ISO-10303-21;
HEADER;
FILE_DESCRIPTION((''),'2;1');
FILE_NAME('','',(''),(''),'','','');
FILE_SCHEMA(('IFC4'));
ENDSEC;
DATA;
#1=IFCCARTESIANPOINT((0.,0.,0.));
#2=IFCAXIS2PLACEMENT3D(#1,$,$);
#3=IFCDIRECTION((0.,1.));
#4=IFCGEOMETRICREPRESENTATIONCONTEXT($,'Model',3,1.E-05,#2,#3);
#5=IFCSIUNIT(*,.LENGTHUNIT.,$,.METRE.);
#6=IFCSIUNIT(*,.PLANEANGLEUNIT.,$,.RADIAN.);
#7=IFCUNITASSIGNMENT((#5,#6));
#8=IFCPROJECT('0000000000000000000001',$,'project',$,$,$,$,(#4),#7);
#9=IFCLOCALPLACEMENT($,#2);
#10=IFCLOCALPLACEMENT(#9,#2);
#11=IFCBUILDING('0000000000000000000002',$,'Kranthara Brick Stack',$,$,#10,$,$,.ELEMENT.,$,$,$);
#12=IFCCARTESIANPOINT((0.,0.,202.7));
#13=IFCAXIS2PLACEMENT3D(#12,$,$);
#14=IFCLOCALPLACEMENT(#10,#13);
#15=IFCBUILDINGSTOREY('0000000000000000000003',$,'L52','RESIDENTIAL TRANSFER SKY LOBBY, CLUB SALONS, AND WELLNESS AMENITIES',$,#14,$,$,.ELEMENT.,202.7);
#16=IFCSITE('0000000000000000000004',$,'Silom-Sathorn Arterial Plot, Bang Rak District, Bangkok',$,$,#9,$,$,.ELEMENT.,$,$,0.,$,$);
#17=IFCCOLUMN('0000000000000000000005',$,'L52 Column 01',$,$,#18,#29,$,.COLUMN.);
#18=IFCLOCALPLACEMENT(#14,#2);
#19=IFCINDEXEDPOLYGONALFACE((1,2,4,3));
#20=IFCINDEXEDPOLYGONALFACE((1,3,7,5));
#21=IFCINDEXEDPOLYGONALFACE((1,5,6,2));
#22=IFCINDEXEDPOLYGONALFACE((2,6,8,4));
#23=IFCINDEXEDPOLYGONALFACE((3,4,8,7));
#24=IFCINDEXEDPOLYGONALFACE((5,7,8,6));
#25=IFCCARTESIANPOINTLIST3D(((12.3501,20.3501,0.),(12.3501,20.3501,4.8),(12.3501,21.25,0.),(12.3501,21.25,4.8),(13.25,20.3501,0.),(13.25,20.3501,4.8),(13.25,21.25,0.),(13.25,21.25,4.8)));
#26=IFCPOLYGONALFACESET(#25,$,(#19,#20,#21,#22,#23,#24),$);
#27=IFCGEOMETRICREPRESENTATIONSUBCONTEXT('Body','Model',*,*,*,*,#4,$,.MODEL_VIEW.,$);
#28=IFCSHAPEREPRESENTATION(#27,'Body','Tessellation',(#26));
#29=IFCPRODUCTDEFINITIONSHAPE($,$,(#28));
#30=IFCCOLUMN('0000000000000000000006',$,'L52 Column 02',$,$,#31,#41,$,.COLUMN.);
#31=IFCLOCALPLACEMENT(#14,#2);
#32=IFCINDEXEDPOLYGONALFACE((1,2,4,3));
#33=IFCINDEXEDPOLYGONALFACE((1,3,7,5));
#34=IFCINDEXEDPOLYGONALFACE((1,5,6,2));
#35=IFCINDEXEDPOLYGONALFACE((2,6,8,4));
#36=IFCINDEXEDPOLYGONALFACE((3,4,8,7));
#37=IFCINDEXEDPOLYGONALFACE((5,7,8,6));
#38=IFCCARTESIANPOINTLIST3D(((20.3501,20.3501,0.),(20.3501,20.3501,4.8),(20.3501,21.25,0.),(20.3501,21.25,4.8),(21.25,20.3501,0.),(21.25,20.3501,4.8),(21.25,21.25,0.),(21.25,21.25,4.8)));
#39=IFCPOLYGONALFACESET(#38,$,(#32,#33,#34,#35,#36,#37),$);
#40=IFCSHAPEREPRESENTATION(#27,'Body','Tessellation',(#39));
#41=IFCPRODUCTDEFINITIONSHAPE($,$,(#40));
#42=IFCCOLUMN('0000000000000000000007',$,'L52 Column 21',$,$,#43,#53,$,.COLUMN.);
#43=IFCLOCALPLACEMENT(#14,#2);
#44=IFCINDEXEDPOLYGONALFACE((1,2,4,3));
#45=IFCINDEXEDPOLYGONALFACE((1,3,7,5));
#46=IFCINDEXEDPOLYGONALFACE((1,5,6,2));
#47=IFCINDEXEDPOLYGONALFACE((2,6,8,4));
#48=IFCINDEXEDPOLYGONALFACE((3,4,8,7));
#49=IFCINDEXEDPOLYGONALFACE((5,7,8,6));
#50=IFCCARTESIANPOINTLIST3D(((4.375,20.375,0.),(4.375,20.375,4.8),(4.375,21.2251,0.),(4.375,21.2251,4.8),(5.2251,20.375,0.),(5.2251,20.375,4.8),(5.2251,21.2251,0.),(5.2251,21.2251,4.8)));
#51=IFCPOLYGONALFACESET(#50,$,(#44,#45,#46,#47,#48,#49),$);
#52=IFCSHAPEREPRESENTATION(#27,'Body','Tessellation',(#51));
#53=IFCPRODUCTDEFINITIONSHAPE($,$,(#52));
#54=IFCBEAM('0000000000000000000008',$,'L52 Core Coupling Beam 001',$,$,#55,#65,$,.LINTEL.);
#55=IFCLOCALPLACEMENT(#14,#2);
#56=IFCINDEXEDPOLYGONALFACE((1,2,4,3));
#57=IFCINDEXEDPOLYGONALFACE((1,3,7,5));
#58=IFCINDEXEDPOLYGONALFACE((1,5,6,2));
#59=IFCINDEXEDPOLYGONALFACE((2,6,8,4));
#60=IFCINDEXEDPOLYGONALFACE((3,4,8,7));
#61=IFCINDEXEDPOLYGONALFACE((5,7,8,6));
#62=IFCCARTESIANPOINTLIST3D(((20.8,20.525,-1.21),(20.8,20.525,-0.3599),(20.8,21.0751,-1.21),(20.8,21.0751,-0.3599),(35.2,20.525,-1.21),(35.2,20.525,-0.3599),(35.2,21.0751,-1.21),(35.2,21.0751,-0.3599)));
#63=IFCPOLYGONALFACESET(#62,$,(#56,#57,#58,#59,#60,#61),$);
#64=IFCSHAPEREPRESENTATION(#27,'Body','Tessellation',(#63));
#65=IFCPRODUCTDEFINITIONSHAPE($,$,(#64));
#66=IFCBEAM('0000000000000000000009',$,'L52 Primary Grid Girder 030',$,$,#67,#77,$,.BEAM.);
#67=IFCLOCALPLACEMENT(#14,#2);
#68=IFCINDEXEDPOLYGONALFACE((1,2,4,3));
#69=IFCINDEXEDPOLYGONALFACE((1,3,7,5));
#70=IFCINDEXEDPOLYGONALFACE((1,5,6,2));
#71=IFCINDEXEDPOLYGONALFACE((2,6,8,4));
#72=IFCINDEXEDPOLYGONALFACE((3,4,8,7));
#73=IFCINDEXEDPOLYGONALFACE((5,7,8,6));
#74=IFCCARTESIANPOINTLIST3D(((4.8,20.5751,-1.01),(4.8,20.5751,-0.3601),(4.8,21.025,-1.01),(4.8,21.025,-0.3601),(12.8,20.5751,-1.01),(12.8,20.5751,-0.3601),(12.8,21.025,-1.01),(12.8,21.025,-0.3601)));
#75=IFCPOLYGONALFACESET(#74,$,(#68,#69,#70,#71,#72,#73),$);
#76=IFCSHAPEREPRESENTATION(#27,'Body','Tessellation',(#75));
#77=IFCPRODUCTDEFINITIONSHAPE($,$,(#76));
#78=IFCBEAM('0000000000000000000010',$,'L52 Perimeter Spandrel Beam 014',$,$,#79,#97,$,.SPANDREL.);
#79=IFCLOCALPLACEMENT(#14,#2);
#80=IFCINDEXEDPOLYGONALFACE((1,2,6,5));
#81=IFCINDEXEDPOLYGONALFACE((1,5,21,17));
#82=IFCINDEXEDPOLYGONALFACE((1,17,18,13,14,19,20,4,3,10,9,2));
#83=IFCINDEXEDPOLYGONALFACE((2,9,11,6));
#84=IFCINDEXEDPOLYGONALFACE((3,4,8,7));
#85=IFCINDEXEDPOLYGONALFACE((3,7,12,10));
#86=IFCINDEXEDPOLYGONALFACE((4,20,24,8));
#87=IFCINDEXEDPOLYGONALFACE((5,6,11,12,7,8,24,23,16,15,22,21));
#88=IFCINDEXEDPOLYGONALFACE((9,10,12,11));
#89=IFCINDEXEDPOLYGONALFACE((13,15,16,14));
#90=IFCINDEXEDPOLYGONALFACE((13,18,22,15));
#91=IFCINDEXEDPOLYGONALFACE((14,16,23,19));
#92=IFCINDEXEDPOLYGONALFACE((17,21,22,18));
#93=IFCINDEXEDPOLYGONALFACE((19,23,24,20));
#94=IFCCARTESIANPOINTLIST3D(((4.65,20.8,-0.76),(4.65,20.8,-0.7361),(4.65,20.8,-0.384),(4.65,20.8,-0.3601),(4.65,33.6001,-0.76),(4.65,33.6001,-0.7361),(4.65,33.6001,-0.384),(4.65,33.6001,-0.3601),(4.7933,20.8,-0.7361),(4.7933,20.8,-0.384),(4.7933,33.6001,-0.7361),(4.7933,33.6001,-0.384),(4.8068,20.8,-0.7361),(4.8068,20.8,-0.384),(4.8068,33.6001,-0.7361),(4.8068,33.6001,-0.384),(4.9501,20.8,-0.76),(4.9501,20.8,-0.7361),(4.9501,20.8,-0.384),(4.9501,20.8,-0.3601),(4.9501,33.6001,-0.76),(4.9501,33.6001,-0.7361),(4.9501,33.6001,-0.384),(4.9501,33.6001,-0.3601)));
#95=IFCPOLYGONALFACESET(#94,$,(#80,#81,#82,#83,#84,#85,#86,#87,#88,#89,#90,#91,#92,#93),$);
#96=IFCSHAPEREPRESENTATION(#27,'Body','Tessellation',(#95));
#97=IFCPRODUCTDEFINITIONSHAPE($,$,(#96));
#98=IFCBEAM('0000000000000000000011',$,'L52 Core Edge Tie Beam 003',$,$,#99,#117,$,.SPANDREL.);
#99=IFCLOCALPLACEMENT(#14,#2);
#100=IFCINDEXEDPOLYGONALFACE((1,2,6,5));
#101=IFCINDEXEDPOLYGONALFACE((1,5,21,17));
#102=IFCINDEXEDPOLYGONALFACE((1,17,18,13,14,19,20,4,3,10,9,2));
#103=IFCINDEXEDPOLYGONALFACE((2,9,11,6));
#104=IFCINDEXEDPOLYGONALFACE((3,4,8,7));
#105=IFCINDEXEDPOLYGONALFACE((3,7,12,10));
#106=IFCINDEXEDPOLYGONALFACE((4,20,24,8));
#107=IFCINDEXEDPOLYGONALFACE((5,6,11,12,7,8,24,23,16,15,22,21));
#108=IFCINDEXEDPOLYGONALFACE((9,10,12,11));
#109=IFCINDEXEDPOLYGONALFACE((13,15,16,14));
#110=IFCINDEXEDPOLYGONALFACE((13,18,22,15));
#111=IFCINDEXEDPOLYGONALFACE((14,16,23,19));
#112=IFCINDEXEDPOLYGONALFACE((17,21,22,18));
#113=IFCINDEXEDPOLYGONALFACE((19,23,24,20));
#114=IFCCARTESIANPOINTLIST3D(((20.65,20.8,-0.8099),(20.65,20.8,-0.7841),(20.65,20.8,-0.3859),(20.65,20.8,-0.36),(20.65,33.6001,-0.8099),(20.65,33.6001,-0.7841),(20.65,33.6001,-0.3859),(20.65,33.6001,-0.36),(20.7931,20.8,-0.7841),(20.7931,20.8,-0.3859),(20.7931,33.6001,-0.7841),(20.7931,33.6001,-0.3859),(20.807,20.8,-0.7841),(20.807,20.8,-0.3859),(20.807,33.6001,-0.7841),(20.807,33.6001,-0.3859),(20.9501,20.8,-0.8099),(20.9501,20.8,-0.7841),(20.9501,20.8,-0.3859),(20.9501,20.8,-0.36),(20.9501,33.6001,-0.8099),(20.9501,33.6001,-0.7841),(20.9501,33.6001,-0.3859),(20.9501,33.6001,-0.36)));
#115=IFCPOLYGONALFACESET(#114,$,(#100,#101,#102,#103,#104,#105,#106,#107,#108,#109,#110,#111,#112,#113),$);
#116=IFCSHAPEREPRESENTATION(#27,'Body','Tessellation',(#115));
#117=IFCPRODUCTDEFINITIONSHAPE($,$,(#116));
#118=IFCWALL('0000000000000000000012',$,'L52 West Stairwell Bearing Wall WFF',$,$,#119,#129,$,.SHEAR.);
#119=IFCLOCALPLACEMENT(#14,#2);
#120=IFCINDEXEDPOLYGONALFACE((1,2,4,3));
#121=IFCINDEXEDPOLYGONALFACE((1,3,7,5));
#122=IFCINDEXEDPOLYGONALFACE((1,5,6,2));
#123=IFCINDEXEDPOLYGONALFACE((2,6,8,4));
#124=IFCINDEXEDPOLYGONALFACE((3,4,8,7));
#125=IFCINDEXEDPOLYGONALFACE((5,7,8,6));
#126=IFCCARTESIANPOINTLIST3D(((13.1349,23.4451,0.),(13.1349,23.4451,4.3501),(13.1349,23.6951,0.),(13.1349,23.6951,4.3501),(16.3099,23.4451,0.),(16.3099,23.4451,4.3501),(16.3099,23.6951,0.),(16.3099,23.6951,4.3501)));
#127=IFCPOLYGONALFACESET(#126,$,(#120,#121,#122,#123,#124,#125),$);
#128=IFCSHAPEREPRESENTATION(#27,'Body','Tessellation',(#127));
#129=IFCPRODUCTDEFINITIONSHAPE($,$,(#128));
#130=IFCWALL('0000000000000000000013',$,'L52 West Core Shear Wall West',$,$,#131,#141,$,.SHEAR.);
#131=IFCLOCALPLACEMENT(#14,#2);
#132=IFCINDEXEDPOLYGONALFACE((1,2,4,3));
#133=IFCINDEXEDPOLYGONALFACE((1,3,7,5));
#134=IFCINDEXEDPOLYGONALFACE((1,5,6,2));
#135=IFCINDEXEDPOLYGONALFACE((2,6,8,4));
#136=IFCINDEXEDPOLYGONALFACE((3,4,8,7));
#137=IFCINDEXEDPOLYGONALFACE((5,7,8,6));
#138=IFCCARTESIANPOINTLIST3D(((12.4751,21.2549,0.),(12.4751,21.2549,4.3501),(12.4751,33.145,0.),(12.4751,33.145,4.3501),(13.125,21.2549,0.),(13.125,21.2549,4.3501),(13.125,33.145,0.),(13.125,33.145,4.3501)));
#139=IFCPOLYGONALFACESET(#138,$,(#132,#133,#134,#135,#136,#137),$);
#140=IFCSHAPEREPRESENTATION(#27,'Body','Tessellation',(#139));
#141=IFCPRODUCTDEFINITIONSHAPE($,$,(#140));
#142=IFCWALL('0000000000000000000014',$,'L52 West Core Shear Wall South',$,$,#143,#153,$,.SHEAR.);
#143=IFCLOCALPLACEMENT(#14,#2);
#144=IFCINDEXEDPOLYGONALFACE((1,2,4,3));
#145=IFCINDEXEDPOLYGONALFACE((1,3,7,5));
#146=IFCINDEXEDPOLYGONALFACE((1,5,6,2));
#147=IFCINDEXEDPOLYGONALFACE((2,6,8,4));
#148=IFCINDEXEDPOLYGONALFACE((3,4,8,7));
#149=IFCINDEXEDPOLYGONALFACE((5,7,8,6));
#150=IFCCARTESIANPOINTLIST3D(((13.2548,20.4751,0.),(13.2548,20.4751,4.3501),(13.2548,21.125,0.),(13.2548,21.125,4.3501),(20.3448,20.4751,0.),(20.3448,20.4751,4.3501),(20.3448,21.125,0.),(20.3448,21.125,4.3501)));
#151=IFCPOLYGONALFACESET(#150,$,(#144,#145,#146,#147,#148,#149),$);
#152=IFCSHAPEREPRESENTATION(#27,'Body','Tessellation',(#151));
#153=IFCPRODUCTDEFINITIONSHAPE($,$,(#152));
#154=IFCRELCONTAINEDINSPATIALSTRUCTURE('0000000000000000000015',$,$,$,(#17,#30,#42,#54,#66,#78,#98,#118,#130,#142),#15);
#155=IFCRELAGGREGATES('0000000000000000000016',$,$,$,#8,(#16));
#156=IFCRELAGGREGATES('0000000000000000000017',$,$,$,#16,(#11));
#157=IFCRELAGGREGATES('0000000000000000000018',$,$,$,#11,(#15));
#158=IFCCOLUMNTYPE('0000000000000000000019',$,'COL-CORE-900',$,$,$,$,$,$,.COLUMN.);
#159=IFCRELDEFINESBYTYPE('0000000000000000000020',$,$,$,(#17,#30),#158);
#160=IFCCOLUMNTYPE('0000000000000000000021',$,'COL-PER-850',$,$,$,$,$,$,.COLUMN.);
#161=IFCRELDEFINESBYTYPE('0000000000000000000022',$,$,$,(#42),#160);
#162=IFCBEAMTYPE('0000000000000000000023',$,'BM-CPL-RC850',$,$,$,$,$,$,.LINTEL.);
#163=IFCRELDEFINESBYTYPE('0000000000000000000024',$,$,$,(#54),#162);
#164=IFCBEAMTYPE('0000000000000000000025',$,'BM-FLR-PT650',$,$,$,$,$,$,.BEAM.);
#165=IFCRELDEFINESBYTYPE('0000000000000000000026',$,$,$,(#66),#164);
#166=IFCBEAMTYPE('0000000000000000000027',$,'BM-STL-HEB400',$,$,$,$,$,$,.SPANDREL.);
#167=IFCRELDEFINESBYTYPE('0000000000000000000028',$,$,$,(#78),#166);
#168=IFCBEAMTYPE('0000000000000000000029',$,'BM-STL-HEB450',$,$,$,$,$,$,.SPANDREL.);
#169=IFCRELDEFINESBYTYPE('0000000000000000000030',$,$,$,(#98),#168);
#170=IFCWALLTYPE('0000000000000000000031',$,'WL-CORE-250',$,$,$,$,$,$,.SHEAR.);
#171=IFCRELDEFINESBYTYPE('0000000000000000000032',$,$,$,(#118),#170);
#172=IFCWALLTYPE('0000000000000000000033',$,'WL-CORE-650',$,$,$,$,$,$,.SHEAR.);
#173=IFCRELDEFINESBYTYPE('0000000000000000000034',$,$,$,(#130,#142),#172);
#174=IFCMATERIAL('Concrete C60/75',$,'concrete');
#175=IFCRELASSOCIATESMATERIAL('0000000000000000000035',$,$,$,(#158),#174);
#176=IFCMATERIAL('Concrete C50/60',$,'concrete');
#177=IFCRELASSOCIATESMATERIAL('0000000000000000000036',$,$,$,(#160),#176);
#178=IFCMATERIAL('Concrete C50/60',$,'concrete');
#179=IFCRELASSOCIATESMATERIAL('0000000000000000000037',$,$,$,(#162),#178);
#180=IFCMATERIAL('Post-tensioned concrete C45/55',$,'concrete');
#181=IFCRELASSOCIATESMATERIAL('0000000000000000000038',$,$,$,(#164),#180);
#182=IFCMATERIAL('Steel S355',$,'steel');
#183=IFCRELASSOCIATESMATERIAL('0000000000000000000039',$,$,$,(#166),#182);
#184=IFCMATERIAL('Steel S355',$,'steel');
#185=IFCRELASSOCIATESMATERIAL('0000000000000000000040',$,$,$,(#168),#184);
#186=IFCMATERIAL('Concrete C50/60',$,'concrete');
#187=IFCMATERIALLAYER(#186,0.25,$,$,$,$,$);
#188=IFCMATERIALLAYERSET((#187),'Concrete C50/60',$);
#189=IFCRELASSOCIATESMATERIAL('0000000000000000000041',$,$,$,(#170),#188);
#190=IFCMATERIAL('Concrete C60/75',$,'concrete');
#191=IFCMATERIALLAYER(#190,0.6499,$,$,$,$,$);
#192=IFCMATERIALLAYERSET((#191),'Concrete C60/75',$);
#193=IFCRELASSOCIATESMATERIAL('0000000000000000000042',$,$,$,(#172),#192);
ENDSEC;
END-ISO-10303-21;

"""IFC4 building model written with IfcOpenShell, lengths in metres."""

from ifc_helpers import new_model, si_unit, direction, frame, frame_2d, origin, origin_2d, place, context, subcontext, project, spatial, rectangle, i_section, extrude, material, layer, layer_set, material_profile, profile_set, type_object, element, save


model = new_model("IFC4")

# Units and contexts
model_context = context("Model", 3, precision=1e-05, world=origin(), true_north=direction((0.0, 1.0)))
body_context = subcontext(model_context, "Body", "Model", "MODEL_VIEW")
ifc_project = project(units=[si_unit("LENGTHUNIT", "METRE"), si_unit("PLANEANGLEUNIT", "RADIAN")], contexts=[model_context])

# Site, building, storey
site_placement = place(None, origin())
site = spatial("IfcSite", under=ifc_project, at=site_placement, Name="Silom-Sathorn Arterial Plot, Bang Rak District, Bangkok", CompositionType="ELEMENT", RefElevation=0.0)
building_placement = place(site_placement, origin())
building = spatial("IfcBuilding", under=site, at=building_placement, Name="Kranthara Brick Stack", CompositionType="ELEMENT")
storey_placement = place(building_placement, frame((0.0, 0.0, 202.7)))
storey = spatial("IfcBuildingStorey", under=building, at=storey_placement, Name="L52", Description="RESIDENTIAL TRANSFER SKY LOBBY, CLUB SALONS, AND WELLNESS AMENITIES", CompositionType="ELEMENT", Elevation=202.7)

# Columns
ifc_material_1 = material(Name="Concrete C60/75", Category="concrete")
ifc_material_profile_1 = material_profile(ifc_material_1, rectangle(XDim=0.8999, YDim=0.8999, at=origin_2d()), Name="RC 900x900")
ifc_profile_set_1 = profile_set([ifc_material_profile_1], Name="Concrete C60/75")
column_type_1 = type_object("IfcColumnType", Name="COL-CORE-900", PredefinedType="COLUMN", material=ifc_profile_set_1)
for number, where, z_axis, x_axis, name in (
    (1, (12.8, 20.8, 0.0), (0.0, 0.0, 1.0), (1.0, 0.0, 0.0), "L52 Column 01"),
    (2, (20.8, 20.8, 0.0), (0.0, 0.0, 1.0), (1.0, 0.0, 0.0), "L52 Column 02"),
):
    element("IfcColumn", number, at=place(storey_placement, frame(where, z_axis=z_axis, x_axis=x_axis)), inside=storey, type_object=column_type_1, Name=name, PredefinedType="COLUMN", context=body_context, shape_type="SweptSolid", body=[
        extrude(rectangle(XDim=0.8999, YDim=0.8999, at=origin_2d()), origin(), (0.0, 0.0, 1.0), 4.8),
    ])
ifc_material_2 = material(Name="Concrete C50/60", Category="concrete")
ifc_material_profile_2 = material_profile(ifc_material_2, rectangle(XDim=0.8501, YDim=0.8501, at=origin_2d()), Name="RC 850x850")
ifc_profile_set_2 = profile_set([ifc_material_profile_2], Name="Concrete C50/60")
column_type_2 = type_object("IfcColumnType", Name="COL-PER-850", PredefinedType="COLUMN", material=ifc_profile_set_2)
column_placement = place(storey_placement, frame((4.8, 20.8, 0.0), z_axis=(0.0, 0.0, 1.0), x_axis=(1.0, 0.0, 0.0)))
element("IfcColumn", 3, at=column_placement, inside=storey, type_object=column_type_2, Name="L52 Column 21", PredefinedType="COLUMN", context=body_context, shape_type="SweptSolid", body=[
    extrude(rectangle(XDim=0.8501, YDim=0.8501, at=origin_2d()), origin(), (0.0, 0.0, 1.0), 4.8),
])

# Beams
ifc_material_3 = material(Name="Concrete C50/60", Category="concrete")
ifc_material_profile_3 = material_profile(ifc_material_3, rectangle(XDim=0.55, YDim=0.8501, at=origin_2d()), Name="RC 550x850")
ifc_profile_set_3 = profile_set([ifc_material_profile_3], Name="Concrete C50/60")
beam_type_1 = type_object("IfcBeamType", Name="BM-CPL-RC850", PredefinedType="LINTEL", material=ifc_profile_set_3)
beam_1_placement = place(storey_placement, frame((20.8, 20.8, -0.7849), z_axis=(1.0, 0.0, 0.0), x_axis=(0.0, 1.0, 0.0)))
element("IfcBeam", 4, at=beam_1_placement, inside=storey, type_object=beam_type_1, Name="L52 Core Coupling Beam 001", PredefinedType="LINTEL", context=body_context, shape_type="SweptSolid", body=[
    extrude(rectangle(XDim=0.55, YDim=0.8501, at=origin_2d()), origin(), (0.0, 0.0, 1.0), 14.3999),
])
ifc_material_4 = material(Name="Post-tensioned concrete C45/55", Category="concrete")
ifc_material_profile_4 = material_profile(ifc_material_4, rectangle(XDim=0.45, YDim=0.6499, at=origin_2d()), Name="PT 450x650")
ifc_profile_set_4 = profile_set([ifc_material_profile_4], Name="Post-tensioned concrete C45/55")
beam_type_2 = type_object("IfcBeamType", Name="BM-FLR-PT650", PredefinedType="BEAM", material=ifc_profile_set_4)
beam_2_placement = place(storey_placement, frame((4.8, 20.8, -0.6851), z_axis=(1.0, 0.0, 0.0), x_axis=(0.0, 1.0, 0.0)))
element("IfcBeam", 5, at=beam_2_placement, inside=storey, type_object=beam_type_2, Name="L52 Primary Grid Girder 030", PredefinedType="BEAM", context=body_context, shape_type="SweptSolid", body=[
    extrude(rectangle(XDim=0.45, YDim=0.6499, at=origin_2d()), origin(), (0.0, 0.0, 1.0), 8.0),
])
ifc_material_5 = material(Name="Steel S355", Category="steel")
ifc_material_profile_5 = material_profile(ifc_material_5, i_section(OverallWidth=0.3, OverallDepth=0.3999, WebThickness=0.0134, FlangeThickness=0.0239, at=origin_2d()), Name="HEB 400")
ifc_profile_set_5 = profile_set([ifc_material_profile_5], Name="Steel S355")
beam_type_3 = type_object("IfcBeamType", Name="BM-STL-HEB400", PredefinedType="SPANDREL", material=ifc_profile_set_5)
beam_3_placement = place(storey_placement, frame((4.8, 20.8, -0.5601), z_axis=(0.0, 1.0, 0.0), x_axis=(-1.0, 0.0, 0.0)))
element("IfcBeam", 6, at=beam_3_placement, inside=storey, type_object=beam_type_3, Name="L52 Perimeter Spandrel Beam 014", PredefinedType="SPANDREL", context=body_context, shape_type="SweptSolid", body=[
    extrude(i_section(OverallWidth=0.3, OverallDepth=0.3999, WebThickness=0.0134, FlangeThickness=0.0239, at=origin_2d()), origin(), (0.0, 0.0, 1.0), 12.8),
])
ifc_material_6 = material(Name="Steel S355", Category="steel")
ifc_material_profile_6 = material_profile(ifc_material_6, i_section(OverallWidth=0.3, OverallDepth=0.45, WebThickness=0.0139, FlangeThickness=0.0259, at=origin_2d()), Name="HEB 450")
ifc_profile_set_6 = profile_set([ifc_material_profile_6], Name="Steel S355")
beam_type_4 = type_object("IfcBeamType", Name="BM-STL-HEB450", PredefinedType="SPANDREL", material=ifc_profile_set_6)
beam_4_placement = place(storey_placement, frame((20.8, 20.8, -0.585), z_axis=(0.0, 1.0, 0.0), x_axis=(-1.0, 0.0, 0.0)))
element("IfcBeam", 7, at=beam_4_placement, inside=storey, type_object=beam_type_4, Name="L52 Core Edge Tie Beam 003", PredefinedType="SPANDREL", context=body_context, shape_type="SweptSolid", body=[
    extrude(i_section(OverallWidth=0.3, OverallDepth=0.45, WebThickness=0.0139, FlangeThickness=0.0259, at=origin_2d()), origin(), (0.0, 0.0, 1.0), 12.8),
])

# Shared definitions
ifc_material_7 = material(Name="Concrete C50/60", Category="concrete")
ifc_layer_1 = layer(ifc_material_7, 0.25)
ifc_layer_set_1 = layer_set([ifc_layer_1], Name="Concrete C50/60")
wall_type_1 = type_object("IfcWallType", Name="WL-CORE-250", PredefinedType="SHEAR", material=ifc_layer_set_1)

# Walls
wall_1_placement = place(storey_placement, frame((13.135, 23.5701, 0.0), z_axis=(0.0, 0.0, 1.0), x_axis=(1.0, 0.0, 0.0)))
element("IfcWall", 8, at=wall_1_placement, inside=storey, type_object=wall_type_1, Name="L52 West Stairwell Bearing Wall WFF", PredefinedType="SHEAR", context=body_context, shape_type="SweptSolid", body=[
    extrude(rectangle(XDim=3.175, YDim=0.25, at=frame_2d((1.5874, 0.0))), origin(), (0.0, 0.0, 1.0), 4.3501),
])
ifc_material_8 = material(Name="Concrete C60/75", Category="concrete")
ifc_layer_2 = layer(ifc_material_8, 0.6499)
ifc_layer_set_2 = layer_set([ifc_layer_2], Name="Concrete C60/75")
wall_type_2 = type_object("IfcWallType", Name="WL-CORE-650", PredefinedType="SHEAR", material=ifc_layer_set_2)
wall_2_placement = place(storey_placement, frame((12.8, 21.2549, 0.0), z_axis=(0.0, 0.0, 1.0), x_axis=(0.0, 1.0, 0.0)))
element("IfcWall", 9, at=wall_2_placement, inside=storey, type_object=wall_type_2, Name="L52 West Core Shear Wall West", PredefinedType="SHEAR", context=body_context, shape_type="SweptSolid", body=[
    extrude(rectangle(XDim=11.8901, YDim=0.6499, at=frame_2d((5.9451, 0.0))), origin(), (0.0, 0.0, 1.0), 4.3501),
])
wall_3_placement = place(storey_placement, frame((13.2549, 20.8, 0.0), z_axis=(0.0, 0.0, 1.0), x_axis=(1.0, 0.0, 0.0)))
element("IfcWall", 10, at=wall_3_placement, inside=storey, type_object=wall_type_2, Name="L52 West Core Shear Wall South", PredefinedType="SHEAR", context=body_context, shape_type="SweptSolid", body=[
    extrude(rectangle(XDim=7.0901, YDim=0.6499, at=frame_2d((3.5449, 0.0))), origin(), (0.0, 0.0, 1.0), 4.3501),
])

save(model, "model.ifc")
